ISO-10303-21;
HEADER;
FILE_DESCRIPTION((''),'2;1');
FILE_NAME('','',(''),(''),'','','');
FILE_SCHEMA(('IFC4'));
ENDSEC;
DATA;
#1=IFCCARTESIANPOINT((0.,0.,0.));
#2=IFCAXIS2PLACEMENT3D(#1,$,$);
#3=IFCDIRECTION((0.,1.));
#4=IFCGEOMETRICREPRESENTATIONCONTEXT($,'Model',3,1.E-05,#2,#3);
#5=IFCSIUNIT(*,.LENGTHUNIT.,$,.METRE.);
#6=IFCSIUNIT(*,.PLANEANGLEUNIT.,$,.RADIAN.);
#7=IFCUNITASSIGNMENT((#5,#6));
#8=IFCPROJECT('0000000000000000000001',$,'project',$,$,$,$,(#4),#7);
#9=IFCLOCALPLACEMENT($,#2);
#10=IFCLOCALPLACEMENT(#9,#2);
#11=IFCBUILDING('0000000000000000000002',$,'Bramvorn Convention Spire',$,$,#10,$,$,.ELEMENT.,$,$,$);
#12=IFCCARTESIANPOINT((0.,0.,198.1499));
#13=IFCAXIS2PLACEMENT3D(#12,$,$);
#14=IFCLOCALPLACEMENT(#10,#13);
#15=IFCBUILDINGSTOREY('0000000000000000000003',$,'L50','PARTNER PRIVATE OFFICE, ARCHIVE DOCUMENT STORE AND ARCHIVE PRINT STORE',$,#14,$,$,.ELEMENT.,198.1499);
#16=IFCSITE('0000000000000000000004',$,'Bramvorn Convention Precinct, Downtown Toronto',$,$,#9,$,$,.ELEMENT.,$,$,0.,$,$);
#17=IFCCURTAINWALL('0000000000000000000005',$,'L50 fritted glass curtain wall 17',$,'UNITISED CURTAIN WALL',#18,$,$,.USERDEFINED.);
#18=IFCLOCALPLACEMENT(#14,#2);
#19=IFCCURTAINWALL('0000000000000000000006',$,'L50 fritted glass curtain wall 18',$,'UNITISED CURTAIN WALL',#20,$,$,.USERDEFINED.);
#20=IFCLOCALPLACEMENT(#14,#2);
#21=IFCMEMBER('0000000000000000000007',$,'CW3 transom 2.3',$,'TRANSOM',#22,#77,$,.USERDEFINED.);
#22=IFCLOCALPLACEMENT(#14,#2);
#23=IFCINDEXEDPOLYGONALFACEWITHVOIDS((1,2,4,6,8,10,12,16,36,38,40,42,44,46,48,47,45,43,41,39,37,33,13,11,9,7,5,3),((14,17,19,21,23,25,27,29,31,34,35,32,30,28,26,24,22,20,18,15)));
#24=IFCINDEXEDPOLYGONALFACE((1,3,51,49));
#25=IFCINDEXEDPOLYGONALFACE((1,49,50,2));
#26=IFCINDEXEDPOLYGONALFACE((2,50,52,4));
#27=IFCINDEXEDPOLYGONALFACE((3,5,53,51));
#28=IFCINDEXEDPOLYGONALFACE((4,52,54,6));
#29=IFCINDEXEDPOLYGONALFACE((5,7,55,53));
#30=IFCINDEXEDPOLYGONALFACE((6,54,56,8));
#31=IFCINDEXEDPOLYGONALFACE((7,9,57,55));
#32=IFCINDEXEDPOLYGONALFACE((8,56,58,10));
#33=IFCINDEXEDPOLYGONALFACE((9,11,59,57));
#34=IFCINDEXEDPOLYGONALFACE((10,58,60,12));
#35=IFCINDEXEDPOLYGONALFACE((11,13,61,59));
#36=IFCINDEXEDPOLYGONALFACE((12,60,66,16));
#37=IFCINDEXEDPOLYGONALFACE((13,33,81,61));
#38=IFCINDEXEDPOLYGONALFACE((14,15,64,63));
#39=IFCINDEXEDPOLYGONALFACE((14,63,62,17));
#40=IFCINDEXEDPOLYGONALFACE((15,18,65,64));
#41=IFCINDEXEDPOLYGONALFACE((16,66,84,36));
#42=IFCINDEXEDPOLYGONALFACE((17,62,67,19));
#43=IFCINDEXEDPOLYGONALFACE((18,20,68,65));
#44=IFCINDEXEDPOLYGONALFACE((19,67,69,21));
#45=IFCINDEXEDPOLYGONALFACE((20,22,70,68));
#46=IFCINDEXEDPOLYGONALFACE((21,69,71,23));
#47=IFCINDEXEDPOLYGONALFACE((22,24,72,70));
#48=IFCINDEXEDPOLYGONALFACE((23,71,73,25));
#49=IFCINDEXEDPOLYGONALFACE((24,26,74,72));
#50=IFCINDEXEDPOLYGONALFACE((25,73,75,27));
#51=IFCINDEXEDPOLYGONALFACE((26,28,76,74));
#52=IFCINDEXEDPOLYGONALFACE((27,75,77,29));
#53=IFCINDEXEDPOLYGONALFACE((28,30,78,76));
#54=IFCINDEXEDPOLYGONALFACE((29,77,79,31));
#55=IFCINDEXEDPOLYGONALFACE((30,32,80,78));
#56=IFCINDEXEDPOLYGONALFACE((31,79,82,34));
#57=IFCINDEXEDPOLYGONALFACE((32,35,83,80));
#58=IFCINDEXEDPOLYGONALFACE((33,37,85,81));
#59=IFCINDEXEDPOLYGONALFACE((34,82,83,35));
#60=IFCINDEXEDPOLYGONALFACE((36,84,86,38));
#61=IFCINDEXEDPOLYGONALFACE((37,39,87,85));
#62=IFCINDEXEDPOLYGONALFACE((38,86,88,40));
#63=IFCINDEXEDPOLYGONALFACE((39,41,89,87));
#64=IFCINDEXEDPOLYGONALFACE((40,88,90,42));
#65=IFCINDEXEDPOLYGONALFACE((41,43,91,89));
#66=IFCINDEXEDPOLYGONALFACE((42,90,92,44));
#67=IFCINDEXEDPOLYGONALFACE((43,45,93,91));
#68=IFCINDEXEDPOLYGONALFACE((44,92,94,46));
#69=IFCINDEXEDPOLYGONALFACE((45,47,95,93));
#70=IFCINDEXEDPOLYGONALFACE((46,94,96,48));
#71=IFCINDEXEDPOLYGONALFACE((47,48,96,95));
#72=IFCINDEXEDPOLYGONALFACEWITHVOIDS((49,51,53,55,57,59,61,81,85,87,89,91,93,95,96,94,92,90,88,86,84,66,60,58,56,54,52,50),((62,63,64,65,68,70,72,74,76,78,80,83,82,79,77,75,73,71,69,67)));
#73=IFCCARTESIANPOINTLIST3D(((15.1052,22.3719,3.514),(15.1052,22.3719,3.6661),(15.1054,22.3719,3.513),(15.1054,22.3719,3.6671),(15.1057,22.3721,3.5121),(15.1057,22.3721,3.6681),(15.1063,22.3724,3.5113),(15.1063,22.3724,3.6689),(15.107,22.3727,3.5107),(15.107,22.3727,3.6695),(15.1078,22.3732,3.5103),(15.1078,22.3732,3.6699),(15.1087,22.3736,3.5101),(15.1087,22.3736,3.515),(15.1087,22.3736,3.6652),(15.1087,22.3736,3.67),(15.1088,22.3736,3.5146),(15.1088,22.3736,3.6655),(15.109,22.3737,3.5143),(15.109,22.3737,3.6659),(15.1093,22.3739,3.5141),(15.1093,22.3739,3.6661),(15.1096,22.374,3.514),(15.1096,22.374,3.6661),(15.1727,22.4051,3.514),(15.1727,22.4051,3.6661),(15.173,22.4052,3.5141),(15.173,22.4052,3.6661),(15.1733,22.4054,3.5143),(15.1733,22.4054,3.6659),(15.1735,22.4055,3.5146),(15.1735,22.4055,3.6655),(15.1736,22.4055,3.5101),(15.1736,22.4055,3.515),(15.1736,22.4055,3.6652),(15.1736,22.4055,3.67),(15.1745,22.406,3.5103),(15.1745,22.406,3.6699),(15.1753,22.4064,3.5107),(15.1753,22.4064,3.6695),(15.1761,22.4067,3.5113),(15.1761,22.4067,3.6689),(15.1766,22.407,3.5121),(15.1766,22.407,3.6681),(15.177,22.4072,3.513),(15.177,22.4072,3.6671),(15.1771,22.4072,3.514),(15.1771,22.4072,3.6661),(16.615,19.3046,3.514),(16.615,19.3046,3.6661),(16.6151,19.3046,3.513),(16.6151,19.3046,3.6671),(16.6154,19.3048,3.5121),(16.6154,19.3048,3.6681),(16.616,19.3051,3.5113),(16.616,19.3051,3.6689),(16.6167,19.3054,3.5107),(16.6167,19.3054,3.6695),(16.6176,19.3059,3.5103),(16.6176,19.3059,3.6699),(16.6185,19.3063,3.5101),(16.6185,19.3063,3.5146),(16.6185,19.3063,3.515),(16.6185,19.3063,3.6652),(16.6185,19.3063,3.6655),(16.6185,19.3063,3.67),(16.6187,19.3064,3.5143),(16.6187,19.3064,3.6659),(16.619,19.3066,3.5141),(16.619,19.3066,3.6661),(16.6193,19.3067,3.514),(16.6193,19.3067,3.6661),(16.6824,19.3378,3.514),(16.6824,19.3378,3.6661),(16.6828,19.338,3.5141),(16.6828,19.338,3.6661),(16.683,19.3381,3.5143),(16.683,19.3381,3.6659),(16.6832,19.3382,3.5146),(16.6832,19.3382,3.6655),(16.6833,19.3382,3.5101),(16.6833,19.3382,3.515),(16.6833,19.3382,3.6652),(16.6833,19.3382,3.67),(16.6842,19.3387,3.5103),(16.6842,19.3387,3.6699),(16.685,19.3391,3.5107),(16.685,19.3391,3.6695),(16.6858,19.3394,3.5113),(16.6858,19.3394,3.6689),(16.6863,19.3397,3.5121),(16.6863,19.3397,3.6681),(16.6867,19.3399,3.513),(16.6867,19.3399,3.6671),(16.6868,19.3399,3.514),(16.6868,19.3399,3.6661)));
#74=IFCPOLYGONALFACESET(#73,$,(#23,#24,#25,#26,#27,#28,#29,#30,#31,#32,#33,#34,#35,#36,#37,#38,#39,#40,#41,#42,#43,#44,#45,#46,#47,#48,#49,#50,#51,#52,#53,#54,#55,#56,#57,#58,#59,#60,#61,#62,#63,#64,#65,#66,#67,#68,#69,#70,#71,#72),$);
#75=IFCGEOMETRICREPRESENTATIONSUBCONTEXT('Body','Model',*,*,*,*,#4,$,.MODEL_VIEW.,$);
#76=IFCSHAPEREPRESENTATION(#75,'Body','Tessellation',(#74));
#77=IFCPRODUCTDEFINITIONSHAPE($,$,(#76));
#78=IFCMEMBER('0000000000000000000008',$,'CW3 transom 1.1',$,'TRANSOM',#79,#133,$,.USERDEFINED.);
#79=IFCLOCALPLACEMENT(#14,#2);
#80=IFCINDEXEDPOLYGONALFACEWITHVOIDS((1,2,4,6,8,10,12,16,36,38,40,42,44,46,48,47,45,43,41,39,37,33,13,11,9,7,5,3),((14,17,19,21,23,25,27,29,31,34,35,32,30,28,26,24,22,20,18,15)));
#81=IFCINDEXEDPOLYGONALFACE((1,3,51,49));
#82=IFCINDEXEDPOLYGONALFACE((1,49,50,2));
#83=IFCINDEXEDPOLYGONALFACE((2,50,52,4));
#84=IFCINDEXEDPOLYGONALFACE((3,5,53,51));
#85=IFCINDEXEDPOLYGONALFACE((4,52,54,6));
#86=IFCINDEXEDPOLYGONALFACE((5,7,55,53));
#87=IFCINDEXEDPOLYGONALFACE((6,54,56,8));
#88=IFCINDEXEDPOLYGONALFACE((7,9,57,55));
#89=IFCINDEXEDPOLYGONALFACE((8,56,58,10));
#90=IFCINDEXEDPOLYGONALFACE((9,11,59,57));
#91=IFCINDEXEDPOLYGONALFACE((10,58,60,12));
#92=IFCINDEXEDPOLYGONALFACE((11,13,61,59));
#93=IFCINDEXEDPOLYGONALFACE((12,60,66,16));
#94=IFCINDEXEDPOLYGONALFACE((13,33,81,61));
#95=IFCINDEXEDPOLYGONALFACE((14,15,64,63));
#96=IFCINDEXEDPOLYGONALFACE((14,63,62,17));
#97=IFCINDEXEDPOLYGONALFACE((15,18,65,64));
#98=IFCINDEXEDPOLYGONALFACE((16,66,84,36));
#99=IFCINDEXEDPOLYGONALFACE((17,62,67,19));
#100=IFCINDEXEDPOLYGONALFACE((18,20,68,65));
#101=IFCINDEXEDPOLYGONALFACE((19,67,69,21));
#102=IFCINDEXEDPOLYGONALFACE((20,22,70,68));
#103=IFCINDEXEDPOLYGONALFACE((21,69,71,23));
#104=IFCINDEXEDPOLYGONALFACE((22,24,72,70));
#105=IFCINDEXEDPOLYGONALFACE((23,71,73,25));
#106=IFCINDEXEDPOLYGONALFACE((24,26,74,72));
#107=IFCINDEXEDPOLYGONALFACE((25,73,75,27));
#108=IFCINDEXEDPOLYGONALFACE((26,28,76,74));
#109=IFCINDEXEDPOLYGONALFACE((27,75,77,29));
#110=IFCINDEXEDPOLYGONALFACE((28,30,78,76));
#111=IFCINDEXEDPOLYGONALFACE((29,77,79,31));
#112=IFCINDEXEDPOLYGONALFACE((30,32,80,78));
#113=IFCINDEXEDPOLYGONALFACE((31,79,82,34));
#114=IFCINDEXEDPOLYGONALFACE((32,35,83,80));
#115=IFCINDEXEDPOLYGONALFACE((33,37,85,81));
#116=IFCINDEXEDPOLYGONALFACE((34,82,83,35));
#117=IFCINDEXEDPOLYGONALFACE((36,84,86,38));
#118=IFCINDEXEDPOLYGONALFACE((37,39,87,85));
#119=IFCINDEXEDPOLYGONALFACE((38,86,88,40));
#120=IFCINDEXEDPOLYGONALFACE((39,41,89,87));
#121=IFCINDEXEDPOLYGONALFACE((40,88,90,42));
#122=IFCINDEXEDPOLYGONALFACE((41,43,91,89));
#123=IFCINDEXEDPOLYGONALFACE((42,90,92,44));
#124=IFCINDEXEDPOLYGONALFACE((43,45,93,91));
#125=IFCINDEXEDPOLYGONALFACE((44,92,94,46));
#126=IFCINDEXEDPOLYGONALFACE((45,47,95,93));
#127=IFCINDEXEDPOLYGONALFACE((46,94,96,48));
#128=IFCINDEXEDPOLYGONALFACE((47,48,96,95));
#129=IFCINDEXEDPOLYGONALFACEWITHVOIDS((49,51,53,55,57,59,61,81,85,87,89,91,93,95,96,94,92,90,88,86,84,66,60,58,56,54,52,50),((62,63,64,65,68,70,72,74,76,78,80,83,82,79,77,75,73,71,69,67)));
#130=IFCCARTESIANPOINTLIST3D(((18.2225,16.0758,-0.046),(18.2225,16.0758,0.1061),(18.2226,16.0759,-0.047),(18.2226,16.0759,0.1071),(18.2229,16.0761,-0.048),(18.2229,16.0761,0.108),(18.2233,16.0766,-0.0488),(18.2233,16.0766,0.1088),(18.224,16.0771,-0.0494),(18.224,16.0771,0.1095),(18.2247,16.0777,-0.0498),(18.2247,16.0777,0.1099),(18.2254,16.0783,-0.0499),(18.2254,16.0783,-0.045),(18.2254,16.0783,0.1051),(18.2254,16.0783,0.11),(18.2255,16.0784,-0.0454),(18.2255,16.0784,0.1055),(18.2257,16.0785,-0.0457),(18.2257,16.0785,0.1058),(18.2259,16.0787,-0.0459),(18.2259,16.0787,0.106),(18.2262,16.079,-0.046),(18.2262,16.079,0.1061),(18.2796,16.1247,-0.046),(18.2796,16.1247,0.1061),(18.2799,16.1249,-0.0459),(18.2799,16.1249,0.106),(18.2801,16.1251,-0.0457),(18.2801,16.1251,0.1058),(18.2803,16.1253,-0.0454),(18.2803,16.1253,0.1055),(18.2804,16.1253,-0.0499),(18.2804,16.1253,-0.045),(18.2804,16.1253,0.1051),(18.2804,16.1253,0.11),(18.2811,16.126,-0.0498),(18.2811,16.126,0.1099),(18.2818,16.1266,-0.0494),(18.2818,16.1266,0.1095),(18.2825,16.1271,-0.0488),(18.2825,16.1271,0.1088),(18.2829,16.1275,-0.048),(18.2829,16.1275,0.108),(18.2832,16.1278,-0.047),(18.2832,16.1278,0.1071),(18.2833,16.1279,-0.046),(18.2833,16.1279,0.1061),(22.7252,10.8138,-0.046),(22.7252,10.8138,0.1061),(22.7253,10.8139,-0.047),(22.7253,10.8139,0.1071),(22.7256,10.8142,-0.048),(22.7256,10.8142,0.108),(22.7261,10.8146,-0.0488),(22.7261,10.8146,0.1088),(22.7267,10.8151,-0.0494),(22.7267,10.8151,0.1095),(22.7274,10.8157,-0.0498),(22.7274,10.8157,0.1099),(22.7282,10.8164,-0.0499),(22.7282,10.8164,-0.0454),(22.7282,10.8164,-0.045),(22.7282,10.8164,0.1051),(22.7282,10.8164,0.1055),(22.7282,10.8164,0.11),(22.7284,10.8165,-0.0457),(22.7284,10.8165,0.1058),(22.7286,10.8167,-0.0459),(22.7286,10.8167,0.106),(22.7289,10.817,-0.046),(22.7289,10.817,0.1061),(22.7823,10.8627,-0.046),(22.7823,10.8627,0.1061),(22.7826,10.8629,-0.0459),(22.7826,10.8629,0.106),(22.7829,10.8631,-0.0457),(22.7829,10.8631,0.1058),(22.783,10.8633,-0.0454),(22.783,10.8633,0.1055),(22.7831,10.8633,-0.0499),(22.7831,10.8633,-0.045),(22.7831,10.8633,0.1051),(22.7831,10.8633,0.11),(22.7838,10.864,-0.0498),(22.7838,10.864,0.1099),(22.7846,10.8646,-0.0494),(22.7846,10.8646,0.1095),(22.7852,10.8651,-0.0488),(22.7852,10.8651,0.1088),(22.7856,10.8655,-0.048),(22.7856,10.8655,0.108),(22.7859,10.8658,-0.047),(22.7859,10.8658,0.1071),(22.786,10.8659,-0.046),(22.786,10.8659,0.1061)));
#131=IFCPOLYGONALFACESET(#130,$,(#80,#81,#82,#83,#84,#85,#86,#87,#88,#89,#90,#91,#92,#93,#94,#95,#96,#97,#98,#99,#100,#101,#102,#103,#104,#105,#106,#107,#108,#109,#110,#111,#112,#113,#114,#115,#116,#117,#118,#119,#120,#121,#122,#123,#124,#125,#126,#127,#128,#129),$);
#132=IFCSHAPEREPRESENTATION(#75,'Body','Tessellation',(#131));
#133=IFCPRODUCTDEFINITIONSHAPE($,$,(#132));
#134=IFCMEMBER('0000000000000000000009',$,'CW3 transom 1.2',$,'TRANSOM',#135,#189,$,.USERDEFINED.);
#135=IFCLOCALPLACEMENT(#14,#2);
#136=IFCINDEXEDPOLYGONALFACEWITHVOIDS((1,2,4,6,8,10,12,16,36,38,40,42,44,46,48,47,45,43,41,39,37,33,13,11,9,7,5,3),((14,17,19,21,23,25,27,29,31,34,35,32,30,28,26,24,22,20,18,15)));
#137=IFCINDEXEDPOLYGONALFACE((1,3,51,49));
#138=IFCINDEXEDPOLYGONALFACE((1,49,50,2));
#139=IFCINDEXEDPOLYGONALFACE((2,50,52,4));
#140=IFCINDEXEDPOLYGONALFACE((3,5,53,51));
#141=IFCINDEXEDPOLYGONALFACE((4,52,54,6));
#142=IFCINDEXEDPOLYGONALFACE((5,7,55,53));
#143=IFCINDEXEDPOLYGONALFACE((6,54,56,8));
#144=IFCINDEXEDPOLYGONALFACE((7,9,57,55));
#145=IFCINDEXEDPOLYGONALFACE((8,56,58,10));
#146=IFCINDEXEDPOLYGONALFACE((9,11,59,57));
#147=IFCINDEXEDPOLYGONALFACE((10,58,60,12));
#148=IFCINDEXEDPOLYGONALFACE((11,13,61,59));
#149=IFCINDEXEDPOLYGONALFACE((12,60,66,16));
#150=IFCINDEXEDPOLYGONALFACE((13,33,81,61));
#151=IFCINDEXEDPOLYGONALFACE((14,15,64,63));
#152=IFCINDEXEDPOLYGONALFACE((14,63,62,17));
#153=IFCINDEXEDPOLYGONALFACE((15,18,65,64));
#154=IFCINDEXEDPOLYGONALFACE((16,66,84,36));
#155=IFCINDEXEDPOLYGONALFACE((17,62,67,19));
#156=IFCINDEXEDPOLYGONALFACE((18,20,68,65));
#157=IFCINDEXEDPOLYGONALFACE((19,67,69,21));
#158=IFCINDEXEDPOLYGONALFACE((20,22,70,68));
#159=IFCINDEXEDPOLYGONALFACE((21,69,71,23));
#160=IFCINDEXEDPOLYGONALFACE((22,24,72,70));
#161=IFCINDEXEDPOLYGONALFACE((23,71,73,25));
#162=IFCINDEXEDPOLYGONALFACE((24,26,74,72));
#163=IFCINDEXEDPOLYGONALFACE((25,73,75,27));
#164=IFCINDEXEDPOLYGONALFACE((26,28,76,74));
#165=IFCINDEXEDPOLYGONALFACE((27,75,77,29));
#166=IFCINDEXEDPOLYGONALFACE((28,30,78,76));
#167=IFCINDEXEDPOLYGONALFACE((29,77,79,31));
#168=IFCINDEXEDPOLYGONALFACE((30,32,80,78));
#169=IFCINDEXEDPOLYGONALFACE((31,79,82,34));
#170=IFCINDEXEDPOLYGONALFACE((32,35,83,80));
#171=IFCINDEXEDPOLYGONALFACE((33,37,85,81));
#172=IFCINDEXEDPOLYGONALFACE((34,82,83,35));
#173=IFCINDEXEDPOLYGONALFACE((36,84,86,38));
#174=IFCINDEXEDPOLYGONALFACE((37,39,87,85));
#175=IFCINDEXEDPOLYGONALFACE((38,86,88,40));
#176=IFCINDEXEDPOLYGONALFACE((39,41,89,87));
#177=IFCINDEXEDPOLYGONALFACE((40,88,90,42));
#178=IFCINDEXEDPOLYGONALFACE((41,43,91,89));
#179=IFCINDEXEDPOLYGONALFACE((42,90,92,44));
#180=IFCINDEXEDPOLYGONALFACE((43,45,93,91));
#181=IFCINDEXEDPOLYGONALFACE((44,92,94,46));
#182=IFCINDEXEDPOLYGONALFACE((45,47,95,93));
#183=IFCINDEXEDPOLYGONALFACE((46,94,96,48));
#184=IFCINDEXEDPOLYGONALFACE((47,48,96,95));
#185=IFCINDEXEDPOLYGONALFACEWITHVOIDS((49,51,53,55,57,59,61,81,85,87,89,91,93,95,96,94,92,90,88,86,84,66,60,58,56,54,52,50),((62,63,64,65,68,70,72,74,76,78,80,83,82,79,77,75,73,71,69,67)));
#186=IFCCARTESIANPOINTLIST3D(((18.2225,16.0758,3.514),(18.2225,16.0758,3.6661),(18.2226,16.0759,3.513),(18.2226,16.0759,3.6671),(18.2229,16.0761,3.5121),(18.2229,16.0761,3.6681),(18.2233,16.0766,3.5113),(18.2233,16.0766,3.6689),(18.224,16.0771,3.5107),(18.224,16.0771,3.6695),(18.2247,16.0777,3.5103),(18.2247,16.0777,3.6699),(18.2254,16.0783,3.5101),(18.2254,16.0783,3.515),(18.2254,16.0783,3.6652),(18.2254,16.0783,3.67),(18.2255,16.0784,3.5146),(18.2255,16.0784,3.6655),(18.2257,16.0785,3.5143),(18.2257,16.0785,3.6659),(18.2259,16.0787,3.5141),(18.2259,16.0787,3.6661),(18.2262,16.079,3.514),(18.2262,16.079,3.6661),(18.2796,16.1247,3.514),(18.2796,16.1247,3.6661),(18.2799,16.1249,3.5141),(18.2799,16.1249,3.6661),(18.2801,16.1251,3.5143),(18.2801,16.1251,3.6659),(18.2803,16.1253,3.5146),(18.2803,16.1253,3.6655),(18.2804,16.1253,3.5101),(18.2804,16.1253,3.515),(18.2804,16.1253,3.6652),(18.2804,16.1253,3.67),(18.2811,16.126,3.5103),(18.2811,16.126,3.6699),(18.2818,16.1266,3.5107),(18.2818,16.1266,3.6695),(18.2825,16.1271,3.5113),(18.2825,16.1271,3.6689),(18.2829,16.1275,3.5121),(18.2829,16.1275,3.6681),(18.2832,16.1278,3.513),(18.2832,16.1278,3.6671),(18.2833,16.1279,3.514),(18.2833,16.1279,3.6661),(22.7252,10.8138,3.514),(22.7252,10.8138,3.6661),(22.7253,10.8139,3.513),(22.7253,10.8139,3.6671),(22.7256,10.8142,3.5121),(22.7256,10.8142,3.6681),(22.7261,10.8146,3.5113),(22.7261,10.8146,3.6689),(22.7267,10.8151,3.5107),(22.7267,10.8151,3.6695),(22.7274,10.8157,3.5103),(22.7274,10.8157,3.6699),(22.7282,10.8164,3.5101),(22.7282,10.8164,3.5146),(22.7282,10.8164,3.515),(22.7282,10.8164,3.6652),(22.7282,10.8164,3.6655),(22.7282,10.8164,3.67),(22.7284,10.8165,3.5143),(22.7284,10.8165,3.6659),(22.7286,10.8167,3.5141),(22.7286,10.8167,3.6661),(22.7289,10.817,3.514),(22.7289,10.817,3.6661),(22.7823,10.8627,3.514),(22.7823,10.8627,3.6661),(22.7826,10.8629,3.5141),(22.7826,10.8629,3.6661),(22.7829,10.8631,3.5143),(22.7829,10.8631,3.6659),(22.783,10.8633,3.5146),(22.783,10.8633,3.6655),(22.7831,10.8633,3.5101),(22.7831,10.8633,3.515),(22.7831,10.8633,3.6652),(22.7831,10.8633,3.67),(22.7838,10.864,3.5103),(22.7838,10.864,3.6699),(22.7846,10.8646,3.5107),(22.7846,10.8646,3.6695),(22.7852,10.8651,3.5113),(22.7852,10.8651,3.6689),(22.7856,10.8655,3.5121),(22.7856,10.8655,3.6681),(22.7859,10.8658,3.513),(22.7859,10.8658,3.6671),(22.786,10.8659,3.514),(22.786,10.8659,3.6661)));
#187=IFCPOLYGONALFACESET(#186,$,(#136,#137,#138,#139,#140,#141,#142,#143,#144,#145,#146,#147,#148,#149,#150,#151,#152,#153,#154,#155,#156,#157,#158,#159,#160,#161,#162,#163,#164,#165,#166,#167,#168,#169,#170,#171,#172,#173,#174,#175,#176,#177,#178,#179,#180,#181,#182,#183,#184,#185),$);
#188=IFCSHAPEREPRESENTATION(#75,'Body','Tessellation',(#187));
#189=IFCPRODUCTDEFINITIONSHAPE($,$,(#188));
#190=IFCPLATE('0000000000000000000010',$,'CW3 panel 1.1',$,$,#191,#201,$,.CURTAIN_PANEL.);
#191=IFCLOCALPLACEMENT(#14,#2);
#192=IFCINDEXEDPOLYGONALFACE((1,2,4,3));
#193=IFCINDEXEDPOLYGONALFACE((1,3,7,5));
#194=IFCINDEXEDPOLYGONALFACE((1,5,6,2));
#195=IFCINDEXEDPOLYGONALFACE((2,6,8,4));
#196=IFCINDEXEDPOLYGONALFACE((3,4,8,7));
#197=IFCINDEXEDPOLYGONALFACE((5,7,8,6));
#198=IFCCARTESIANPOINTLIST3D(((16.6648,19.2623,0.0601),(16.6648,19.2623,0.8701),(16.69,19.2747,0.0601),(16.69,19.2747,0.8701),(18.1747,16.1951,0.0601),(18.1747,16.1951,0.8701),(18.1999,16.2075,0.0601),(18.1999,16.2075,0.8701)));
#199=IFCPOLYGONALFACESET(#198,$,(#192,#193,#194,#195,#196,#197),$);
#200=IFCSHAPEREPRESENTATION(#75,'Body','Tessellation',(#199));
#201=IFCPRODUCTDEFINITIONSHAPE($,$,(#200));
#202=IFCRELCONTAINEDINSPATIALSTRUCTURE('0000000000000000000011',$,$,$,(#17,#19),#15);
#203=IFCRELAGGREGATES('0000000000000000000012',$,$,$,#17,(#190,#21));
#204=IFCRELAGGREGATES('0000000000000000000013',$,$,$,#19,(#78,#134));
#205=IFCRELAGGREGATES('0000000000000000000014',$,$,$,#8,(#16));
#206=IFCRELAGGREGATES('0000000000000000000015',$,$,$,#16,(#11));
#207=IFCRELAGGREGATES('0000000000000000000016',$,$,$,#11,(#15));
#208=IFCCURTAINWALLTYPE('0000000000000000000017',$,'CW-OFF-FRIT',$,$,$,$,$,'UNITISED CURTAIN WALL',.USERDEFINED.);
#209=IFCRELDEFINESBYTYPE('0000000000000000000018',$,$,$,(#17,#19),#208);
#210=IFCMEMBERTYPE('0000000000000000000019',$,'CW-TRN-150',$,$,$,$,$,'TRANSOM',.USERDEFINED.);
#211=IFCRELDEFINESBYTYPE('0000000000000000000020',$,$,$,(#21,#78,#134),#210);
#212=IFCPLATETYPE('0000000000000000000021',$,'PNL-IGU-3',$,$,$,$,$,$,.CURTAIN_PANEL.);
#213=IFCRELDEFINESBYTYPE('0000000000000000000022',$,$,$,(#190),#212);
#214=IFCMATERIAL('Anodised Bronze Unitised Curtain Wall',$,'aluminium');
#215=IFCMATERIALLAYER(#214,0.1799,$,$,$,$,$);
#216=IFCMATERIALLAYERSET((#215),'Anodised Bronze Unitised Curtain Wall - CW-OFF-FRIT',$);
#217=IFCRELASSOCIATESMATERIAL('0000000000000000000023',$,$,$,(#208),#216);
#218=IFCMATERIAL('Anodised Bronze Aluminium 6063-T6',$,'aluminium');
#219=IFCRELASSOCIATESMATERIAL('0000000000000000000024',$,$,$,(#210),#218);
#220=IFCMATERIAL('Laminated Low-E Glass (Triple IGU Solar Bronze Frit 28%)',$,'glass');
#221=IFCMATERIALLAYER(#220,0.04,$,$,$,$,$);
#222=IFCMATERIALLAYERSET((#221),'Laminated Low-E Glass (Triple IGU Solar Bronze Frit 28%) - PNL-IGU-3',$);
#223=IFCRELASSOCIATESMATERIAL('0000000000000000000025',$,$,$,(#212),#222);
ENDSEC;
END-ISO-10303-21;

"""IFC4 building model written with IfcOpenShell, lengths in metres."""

from ifc_helpers import new_model, si_unit, direction, frame, origin, origin_2d, place, context, subcontext, project, spatial, rectangle, hollow_rectangle, extrude, material, layer, layer_set, material_profile, profile_set, type_object, element, aggregate, save


model = new_model("IFC4")

# Units and contexts
model_context = context("Model", 3, precision=1e-05, world=origin(), true_north=direction((0.0, 1.0)))
body_context = subcontext(model_context, "Body", "Model", "MODEL_VIEW")
ifc_project = project(units=[si_unit("LENGTHUNIT", "METRE"), si_unit("PLANEANGLEUNIT", "RADIAN")], contexts=[model_context])

# Site, building, storey
site_placement = place(None, origin())
site = spatial("IfcSite", under=ifc_project, at=site_placement, Name="Bramvorn Convention Precinct, Downtown Toronto", CompositionType="ELEMENT", RefElevation=0.0)
building_placement = place(site_placement, origin())
building = spatial("IfcBuilding", under=site, at=building_placement, Name="Bramvorn Convention Spire", CompositionType="ELEMENT")
storey_placement = place(building_placement, frame((0.0, 0.0, 198.1499)))
storey = spatial("IfcBuildingStorey", under=building, at=storey_placement, Name="L50", Description="PARTNER PRIVATE OFFICE, ARCHIVE DOCUMENT STORE AND ARCHIVE PRINT STORE", CompositionType="ELEMENT", Elevation=198.1499)

# Curtain walls
ifc_material_1 = material(Name="Anodised Bronze Unitised Curtain Wall", Category="aluminium")
ifc_layer_1 = layer(ifc_material_1, 0.1799)
ifc_layer_set_1 = layer_set([ifc_layer_1], Name="Anodised Bronze Unitised Curtain Wall - CW-OFF-FRIT")
curtain_wall_type = type_object("IfcCurtainWallType", Name="CW-OFF-FRIT", ElementType="UNITISED CURTAIN WALL", PredefinedType="USERDEFINED", material=ifc_layer_set_1)
curtain_wall_1_placement = place(storey_placement, origin())
curtain_wall_1 = element("IfcCurtainWall", 1, at=curtain_wall_1_placement, inside=storey, type_object=curtain_wall_type, Name="L50 fritted glass curtain wall 17", ObjectType="UNITISED CURTAIN WALL", PredefinedType="USERDEFINED")
ifc_material_2 = material(Name="Anodised Bronze Aluminium 6063-T6", Category="aluminium")
curtain_wall_2_placement = place(storey_placement, origin())
curtain_wall_2 = element("IfcCurtainWall", 2, at=curtain_wall_2_placement, inside=storey, type_object=curtain_wall_type, Name="L50 fritted glass curtain wall 18", ObjectType="UNITISED CURTAIN WALL", PredefinedType="USERDEFINED")

# Members
ifc_material_profile_1 = material_profile(ifc_material_2, hollow_rectangle(XDim=0.0801, YDim=0.1599, WallThickness=0.0039, InnerFilletRadius=0.001, OuterFilletRadius=0.0039, at=origin_2d()))
ifc_profile_set_1 = profile_set([ifc_material_profile_1], Name="Anodised Bronze Aluminium 6063-T6 - CWT80X160")
member_type_1 = type_object("IfcMemberType", Name="CW-TRN-150", ElementType="TRANSOM", PredefinedType="USERDEFINED", material=ifc_profile_set_1)
member_1_placement = place(storey_placement, frame((16.6509, 19.3223, 3.5901), z_axis=(-0.441606, 0.897209, 0.0), x_axis=(-0.897209, -0.441606, 0.0)))
member_1 = element("IfcMember", 3, at=member_1_placement, type_object=member_type_1, Name="CW3 transom 2.3", ObjectType="TRANSOM", PredefinedType="USERDEFINED", context=body_context, shape_type="SweptSolid", body=[
    extrude(hollow_rectangle(XDim=0.0801, YDim=0.1599, WallThickness=0.0039, InnerFilletRadius=0.001, OuterFilletRadius=0.0039, at=origin_2d()), origin(), (0.0, 0.0, 1.0), 3.4187),
])
member_2_placement = place(storey_placement, frame((22.7556, 10.8398, 0.03), z_axis=(-0.650161, 0.759796, 0.0), x_axis=(-0.759796, -0.650161, 0.0)))
member_2 = element("IfcMember", 4, at=member_2_placement, type_object=member_type_1, Name="CW3 transom 1.1", ObjectType="TRANSOM", PredefinedType="USERDEFINED", context=body_context, shape_type="SweptSolid", body=[
    extrude(hollow_rectangle(XDim=0.0801, YDim=0.1599, WallThickness=0.0039, InnerFilletRadius=0.001, OuterFilletRadius=0.0039, at=origin_2d()), origin(), (0.0, 0.0, 1.0), 6.9255),
])
member_3_placement = place(storey_placement, frame((22.7556, 10.8398, 3.5901), z_axis=(-0.650161, 0.759796, 0.0), x_axis=(-0.759796, -0.650161, 0.0)))
member_3 = element("IfcMember", 5, at=member_3_placement, type_object=member_type_1, Name="CW3 transom 1.2", ObjectType="TRANSOM", PredefinedType="USERDEFINED", context=body_context, shape_type="SweptSolid", body=[
    extrude(hollow_rectangle(XDim=0.0801, YDim=0.1599, WallThickness=0.0039, InnerFilletRadius=0.001, OuterFilletRadius=0.0039, at=origin_2d()), origin(), (0.0, 0.0, 1.0), 6.9255),
])

# Plate
ifc_material_3 = material(Name="Laminated Low-E Glass (Triple IGU Solar Bronze Frit 28%)", Category="glass")
ifc_layer_2 = layer(ifc_material_3, 0.04)
ifc_layer_set_2 = layer_set([ifc_layer_2], Name="Laminated Low-E Glass (Triple IGU Solar Bronze Frit 28%) - PNL-IGU-3")
plate_type = type_object("IfcPlateType", Name="PNL-IGU-3", PredefinedType="CURTAIN_PANEL", material=ifc_layer_set_2)
plate_1_placement = place(storey_placement, frame((17.4324, 17.7349, 0.0601), z_axis=(0.0, 0.0, 1.0), x_axis=(-0.441659, 0.897183, 0.0)))
plate_1 = element("IfcPlate", 6, at=plate_1_placement, type_object=plate_type, Name="CW3 panel 1.1", PredefinedType="CURTAIN_PANEL", context=body_context, shape_type="SweptSolid", body=[
    extrude(rectangle(XDim=3.4187, YDim=0.0281, at=origin_2d()), origin(), (0.0, 0.0, 1.0), 0.8101),
])
aggregate(curtain_wall_1, [plate_1, member_1])
aggregate(curtain_wall_2, [member_2, member_3])

save(model, "model.ifc")
